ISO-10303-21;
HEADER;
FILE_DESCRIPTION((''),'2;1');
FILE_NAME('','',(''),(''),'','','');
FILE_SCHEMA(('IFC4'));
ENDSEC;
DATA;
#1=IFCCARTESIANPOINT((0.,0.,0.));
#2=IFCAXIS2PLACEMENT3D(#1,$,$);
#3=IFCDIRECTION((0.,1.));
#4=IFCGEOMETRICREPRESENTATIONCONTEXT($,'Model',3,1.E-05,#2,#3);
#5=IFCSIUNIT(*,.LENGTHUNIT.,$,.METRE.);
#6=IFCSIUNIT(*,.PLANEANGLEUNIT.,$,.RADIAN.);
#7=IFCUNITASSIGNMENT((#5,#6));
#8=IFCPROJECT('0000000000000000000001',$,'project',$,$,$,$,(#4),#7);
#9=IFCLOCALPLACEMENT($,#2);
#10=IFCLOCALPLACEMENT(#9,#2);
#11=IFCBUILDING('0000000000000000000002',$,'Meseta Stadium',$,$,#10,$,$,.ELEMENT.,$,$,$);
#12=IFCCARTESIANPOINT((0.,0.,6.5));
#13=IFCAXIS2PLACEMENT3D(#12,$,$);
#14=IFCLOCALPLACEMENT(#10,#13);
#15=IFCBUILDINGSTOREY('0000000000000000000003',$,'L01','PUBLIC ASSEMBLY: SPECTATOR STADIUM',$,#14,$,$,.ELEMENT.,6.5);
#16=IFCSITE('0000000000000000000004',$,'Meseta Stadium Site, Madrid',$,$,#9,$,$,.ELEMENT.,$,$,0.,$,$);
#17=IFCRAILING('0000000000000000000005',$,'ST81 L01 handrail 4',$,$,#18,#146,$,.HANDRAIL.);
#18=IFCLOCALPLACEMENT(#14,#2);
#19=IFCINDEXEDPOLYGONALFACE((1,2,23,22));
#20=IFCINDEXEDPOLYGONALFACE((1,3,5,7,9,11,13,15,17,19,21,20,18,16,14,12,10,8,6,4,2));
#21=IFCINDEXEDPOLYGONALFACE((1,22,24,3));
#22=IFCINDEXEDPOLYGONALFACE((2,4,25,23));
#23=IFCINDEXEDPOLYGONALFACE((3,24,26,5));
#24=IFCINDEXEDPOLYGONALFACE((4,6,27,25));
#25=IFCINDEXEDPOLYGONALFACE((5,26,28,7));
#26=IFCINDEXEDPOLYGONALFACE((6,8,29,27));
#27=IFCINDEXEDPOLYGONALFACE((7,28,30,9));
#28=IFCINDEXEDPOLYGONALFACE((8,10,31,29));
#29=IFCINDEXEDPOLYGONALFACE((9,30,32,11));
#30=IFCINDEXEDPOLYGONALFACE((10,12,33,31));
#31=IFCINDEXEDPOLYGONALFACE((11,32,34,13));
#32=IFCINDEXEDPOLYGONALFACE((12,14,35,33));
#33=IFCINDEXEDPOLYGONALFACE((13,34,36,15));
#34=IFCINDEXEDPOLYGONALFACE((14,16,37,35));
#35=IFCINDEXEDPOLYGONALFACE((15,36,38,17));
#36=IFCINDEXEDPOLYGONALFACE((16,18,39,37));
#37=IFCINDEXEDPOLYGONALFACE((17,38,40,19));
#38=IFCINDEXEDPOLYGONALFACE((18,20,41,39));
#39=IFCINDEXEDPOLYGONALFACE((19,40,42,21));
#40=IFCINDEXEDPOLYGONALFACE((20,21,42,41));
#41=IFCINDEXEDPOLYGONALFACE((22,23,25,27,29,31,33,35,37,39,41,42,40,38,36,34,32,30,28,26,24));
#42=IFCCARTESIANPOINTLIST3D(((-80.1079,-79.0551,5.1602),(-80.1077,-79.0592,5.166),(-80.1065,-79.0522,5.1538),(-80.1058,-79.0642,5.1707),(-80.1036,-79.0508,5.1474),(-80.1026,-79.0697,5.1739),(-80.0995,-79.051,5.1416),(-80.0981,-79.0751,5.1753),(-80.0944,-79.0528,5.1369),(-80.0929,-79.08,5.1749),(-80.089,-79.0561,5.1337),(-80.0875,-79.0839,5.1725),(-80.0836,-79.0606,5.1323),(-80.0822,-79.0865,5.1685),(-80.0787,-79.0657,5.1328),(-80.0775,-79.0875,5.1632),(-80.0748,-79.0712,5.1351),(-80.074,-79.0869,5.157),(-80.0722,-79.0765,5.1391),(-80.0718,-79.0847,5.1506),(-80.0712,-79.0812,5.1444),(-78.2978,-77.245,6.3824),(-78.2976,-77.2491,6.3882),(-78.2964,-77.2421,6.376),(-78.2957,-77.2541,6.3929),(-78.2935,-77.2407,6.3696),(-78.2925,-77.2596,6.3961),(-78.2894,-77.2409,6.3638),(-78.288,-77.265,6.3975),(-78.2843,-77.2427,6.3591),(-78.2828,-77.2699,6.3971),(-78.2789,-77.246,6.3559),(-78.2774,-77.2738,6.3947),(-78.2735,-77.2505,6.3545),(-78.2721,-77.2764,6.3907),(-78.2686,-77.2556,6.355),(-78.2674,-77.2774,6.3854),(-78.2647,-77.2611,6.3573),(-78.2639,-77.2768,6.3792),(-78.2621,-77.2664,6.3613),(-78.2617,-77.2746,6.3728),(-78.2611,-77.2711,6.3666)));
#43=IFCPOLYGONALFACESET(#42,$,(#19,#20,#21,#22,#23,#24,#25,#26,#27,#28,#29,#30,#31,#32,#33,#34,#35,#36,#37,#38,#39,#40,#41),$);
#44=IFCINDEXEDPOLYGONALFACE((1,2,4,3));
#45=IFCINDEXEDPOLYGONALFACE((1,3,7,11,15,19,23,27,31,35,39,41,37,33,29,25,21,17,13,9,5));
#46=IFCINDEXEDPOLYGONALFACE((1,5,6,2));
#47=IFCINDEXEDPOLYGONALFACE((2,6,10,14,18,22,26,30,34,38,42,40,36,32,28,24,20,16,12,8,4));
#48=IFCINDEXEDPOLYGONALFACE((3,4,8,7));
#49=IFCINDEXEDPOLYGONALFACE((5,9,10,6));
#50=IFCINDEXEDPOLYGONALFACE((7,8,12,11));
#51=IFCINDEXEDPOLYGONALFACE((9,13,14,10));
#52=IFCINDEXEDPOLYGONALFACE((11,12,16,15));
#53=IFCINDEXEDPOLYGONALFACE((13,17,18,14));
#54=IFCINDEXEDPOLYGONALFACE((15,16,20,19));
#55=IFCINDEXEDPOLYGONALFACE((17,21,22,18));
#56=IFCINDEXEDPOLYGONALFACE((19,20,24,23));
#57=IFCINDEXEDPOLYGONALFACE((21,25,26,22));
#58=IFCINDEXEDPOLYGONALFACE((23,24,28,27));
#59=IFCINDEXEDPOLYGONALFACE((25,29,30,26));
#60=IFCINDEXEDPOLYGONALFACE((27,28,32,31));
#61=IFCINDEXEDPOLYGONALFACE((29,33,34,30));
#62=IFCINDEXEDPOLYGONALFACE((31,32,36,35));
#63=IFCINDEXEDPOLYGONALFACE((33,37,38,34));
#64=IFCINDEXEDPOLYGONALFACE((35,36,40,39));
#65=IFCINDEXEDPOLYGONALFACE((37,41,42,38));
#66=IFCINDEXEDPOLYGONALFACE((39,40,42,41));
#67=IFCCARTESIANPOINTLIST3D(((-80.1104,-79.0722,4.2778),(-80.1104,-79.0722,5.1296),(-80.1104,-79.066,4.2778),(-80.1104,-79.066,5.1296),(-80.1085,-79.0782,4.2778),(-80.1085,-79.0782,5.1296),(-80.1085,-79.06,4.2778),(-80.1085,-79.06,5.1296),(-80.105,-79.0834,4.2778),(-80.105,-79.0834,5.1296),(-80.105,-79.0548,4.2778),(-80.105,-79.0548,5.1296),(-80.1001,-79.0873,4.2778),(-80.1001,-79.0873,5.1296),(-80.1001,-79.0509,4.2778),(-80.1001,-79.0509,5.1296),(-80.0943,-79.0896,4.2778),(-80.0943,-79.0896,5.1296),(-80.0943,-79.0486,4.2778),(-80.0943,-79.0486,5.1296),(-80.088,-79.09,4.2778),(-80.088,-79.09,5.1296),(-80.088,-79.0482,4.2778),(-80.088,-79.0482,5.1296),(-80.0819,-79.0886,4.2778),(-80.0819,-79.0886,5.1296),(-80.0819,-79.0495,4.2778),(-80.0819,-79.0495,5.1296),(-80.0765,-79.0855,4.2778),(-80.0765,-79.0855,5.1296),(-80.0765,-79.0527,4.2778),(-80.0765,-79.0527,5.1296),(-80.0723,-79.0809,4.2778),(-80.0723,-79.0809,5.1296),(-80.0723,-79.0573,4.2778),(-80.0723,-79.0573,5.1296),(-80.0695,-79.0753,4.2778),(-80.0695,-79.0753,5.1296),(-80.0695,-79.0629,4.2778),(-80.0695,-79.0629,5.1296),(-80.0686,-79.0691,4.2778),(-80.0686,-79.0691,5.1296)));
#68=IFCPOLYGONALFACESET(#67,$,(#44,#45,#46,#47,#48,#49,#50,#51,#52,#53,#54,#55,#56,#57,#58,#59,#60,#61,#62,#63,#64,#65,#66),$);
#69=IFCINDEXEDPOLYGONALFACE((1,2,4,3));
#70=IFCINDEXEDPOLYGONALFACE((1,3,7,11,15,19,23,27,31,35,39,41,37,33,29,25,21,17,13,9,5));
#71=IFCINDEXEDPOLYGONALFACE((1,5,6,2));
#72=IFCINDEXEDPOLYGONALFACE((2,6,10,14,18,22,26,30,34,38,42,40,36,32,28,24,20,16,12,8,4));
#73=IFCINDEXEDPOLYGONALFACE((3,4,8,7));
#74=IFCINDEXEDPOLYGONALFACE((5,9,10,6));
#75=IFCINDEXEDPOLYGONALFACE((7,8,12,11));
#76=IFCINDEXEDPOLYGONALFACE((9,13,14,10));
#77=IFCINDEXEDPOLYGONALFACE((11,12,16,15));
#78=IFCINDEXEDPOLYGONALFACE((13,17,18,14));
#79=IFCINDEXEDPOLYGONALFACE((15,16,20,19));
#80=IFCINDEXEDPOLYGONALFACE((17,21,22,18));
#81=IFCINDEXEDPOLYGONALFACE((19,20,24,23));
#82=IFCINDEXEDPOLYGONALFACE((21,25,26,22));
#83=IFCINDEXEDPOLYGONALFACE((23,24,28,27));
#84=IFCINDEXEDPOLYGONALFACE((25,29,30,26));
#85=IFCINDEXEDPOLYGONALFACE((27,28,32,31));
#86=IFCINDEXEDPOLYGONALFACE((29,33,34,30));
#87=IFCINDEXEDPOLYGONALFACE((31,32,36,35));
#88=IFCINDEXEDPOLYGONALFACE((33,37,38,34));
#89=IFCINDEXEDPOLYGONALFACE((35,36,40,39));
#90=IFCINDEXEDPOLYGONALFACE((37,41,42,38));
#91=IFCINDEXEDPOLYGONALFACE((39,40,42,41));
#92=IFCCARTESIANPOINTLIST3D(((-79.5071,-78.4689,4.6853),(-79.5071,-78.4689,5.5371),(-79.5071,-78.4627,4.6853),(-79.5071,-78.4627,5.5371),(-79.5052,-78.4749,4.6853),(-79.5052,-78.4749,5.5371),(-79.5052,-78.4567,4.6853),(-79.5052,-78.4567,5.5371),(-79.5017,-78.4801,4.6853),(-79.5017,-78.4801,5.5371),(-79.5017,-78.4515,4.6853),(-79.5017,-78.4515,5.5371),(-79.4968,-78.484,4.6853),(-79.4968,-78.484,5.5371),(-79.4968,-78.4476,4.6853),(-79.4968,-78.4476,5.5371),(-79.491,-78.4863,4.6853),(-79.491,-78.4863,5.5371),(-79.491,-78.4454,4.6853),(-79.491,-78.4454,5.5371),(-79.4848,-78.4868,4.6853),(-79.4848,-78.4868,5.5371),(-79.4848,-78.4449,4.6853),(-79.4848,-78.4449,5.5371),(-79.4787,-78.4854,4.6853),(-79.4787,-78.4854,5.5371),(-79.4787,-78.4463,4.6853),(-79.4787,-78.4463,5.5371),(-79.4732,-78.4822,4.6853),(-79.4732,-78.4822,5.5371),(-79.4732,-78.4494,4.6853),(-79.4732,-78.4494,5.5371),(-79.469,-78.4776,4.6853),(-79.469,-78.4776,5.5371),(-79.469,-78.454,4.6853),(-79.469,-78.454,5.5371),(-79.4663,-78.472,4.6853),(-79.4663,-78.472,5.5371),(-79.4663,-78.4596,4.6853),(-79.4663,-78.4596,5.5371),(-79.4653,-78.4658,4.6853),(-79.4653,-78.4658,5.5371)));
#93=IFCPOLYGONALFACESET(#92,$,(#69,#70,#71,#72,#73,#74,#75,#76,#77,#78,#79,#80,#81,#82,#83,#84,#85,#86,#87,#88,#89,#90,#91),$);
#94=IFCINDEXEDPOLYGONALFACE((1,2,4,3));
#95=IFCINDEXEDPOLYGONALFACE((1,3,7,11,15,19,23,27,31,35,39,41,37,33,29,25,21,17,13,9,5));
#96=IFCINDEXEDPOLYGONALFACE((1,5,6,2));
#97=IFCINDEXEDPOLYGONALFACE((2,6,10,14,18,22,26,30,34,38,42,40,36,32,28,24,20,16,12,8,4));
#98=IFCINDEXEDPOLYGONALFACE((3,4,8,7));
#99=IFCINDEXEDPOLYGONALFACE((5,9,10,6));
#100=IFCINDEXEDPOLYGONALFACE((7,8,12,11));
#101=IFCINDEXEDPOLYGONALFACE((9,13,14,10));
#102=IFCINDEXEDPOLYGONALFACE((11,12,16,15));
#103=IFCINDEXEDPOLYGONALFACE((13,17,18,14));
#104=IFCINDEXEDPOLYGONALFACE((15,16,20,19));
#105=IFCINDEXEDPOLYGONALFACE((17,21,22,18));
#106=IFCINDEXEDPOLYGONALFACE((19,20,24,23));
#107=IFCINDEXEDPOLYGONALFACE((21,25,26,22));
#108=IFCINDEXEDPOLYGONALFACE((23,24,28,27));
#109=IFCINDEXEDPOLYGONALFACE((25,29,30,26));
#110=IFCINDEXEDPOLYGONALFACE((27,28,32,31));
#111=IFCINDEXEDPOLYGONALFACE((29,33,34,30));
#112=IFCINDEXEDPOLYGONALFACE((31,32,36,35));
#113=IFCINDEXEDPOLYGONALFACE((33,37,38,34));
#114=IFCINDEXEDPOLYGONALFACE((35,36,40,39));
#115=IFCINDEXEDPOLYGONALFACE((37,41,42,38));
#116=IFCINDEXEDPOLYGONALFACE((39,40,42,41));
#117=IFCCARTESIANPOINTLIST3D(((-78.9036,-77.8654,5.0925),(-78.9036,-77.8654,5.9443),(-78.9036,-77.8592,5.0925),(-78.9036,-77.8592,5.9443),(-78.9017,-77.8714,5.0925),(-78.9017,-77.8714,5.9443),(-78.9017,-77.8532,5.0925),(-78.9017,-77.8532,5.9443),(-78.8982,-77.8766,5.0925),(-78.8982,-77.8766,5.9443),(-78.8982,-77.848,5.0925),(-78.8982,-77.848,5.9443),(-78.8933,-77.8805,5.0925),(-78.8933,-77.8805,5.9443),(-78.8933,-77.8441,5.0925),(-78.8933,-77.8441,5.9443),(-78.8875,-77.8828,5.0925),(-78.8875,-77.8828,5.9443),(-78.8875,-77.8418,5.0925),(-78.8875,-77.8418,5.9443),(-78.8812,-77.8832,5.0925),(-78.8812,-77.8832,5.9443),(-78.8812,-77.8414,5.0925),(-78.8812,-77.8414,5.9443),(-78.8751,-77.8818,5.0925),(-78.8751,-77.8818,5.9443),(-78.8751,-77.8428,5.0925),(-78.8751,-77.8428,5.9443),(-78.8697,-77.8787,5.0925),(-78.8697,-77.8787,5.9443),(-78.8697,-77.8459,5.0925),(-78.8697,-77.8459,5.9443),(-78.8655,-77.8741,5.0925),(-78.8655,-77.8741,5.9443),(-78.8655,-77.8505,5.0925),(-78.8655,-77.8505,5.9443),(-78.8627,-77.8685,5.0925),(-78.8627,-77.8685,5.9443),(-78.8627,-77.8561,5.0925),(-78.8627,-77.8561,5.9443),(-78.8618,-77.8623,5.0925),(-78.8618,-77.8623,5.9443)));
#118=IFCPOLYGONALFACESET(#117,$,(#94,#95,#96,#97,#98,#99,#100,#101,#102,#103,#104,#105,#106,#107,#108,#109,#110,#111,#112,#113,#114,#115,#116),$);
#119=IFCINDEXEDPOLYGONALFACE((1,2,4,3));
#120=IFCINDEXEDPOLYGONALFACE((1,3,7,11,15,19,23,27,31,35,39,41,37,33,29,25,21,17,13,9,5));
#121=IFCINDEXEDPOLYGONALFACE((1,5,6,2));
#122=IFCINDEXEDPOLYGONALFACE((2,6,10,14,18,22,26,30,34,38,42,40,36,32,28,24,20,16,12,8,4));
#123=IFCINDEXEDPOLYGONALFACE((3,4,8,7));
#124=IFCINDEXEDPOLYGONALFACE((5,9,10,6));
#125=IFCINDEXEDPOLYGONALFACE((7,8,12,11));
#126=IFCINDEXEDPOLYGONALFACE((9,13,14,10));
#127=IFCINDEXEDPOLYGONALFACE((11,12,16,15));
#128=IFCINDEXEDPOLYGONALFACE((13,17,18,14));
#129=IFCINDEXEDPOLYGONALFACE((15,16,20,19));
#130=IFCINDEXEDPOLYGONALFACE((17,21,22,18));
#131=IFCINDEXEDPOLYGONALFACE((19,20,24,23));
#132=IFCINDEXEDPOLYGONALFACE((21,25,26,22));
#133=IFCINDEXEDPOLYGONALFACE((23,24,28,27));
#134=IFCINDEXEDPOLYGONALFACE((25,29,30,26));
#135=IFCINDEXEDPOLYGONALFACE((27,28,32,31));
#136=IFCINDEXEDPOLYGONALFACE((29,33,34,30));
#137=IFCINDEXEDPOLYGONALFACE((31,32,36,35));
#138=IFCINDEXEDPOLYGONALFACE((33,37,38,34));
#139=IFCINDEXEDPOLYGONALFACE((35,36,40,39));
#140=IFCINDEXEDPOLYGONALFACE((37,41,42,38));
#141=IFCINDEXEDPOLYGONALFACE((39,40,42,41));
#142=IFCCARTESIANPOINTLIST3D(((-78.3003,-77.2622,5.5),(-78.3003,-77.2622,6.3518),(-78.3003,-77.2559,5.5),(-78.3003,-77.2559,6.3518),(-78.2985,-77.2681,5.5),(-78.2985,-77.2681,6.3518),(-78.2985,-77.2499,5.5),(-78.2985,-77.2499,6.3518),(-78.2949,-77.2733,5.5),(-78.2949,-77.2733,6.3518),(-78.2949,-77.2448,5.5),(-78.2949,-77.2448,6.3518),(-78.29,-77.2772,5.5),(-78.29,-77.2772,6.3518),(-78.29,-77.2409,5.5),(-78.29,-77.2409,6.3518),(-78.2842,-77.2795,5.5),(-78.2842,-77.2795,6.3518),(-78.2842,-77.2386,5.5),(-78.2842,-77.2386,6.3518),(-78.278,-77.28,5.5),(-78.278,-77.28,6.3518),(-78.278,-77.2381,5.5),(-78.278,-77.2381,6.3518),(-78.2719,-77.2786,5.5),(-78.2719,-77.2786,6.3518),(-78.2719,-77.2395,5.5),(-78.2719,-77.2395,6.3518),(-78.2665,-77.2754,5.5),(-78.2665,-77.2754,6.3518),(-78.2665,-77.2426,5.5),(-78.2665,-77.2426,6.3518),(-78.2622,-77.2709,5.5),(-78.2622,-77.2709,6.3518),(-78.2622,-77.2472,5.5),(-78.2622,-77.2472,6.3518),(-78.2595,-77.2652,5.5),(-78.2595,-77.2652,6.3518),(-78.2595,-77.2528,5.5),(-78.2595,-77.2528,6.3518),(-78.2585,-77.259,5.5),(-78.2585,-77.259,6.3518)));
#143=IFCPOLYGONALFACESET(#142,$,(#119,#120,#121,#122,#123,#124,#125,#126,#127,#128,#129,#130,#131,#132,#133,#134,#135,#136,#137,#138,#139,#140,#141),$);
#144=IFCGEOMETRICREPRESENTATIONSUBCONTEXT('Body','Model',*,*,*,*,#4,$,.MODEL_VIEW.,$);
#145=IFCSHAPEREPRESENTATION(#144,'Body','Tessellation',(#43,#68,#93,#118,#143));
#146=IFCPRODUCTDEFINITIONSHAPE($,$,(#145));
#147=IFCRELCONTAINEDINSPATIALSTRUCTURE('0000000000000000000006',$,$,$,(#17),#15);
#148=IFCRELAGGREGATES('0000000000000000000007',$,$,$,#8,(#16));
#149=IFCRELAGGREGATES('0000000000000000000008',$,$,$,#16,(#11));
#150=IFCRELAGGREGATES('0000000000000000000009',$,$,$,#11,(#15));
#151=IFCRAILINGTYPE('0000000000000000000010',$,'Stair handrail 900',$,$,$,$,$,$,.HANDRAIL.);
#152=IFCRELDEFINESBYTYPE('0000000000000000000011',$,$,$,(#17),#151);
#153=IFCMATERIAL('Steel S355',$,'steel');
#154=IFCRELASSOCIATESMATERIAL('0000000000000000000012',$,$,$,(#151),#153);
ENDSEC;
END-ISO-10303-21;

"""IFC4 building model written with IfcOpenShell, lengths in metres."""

from ifc_helpers import new_model, si_unit, direction, frame, origin, origin_2d, place, context, subcontext, project, spatial, circle, extrude, material, type_object, element, save


model = new_model("IFC4")

# Units and contexts
model_context = context("Model", 3, precision=1e-05, world=origin(), true_north=direction((0.0, 1.0)))
body_context = subcontext(model_context, "Body", "Model", "MODEL_VIEW")
ifc_project = project(units=[si_unit("LENGTHUNIT", "METRE"), si_unit("PLANEANGLEUNIT", "RADIAN")], contexts=[model_context])

# Site, building, storey
site_placement = place(None, origin())
site = spatial("IfcSite", under=ifc_project, at=site_placement, Name="Meseta Stadium Site, Madrid", CompositionType="ELEMENT", RefElevation=0.0)
building_placement = place(site_placement, origin())
building = spatial("IfcBuilding", under=site, at=building_placement, Name="Meseta Stadium", CompositionType="ELEMENT")
storey_placement = place(building_placement, frame((0.0, 0.0, 6.5)))
storey = spatial("IfcBuildingStorey", under=building, at=storey_placement, Name="L01", Description="PUBLIC ASSEMBLY: SPECTATOR STADIUM", CompositionType="ELEMENT", Elevation=6.5)

# Railing
ifc_material_1 = material(Name="Steel S355", Category="steel")
railing_type_1 = type_object("IfcRailingType", Name="Stair handrail 900", PredefinedType="HANDRAIL", material=ifc_material_1)
for number, where, name in (
    (1, (-80.0896, -79.0691, 4.2778), "ST81 L01 handrail 4"),
):
    element("IfcRailing", number, at=place(storey_placement, frame(where)), inside=storey, type_object=railing_type_1, Name=name, PredefinedType="HANDRAIL", context=body_context, shape_type="SweptSolid", body=[
        extrude(circle(Radius=0.0239, at=origin_2d()), frame((0.0, 0.0, 0.876), z_axis=(0.638108, 0.638108, 0.430856), x_axis=(-0.707107, 0.707107, 0.0)), (0.0, 0.0, 1.0), 2.8367),
        extrude(circle(Radius=0.021, at=origin_2d()), origin(), (0.0, 0.0, 1.0), 0.8518),
        extrude(circle(Radius=0.021, at=origin_2d()), frame((0.6033, 0.6033, 0.4075)), (0.0, 0.0, 1.0), 0.8518),
        extrude(circle(Radius=0.021, at=origin_2d()), frame((1.2068, 1.2068, 0.8147)), (0.0, 0.0, 1.0), 0.8518),
        extrude(circle(Radius=0.021, at=origin_2d()), frame((1.8101, 1.8101, 1.2222)), (0.0, 0.0, 1.0), 0.8518),
    ])

save(model, "model.ifc")
